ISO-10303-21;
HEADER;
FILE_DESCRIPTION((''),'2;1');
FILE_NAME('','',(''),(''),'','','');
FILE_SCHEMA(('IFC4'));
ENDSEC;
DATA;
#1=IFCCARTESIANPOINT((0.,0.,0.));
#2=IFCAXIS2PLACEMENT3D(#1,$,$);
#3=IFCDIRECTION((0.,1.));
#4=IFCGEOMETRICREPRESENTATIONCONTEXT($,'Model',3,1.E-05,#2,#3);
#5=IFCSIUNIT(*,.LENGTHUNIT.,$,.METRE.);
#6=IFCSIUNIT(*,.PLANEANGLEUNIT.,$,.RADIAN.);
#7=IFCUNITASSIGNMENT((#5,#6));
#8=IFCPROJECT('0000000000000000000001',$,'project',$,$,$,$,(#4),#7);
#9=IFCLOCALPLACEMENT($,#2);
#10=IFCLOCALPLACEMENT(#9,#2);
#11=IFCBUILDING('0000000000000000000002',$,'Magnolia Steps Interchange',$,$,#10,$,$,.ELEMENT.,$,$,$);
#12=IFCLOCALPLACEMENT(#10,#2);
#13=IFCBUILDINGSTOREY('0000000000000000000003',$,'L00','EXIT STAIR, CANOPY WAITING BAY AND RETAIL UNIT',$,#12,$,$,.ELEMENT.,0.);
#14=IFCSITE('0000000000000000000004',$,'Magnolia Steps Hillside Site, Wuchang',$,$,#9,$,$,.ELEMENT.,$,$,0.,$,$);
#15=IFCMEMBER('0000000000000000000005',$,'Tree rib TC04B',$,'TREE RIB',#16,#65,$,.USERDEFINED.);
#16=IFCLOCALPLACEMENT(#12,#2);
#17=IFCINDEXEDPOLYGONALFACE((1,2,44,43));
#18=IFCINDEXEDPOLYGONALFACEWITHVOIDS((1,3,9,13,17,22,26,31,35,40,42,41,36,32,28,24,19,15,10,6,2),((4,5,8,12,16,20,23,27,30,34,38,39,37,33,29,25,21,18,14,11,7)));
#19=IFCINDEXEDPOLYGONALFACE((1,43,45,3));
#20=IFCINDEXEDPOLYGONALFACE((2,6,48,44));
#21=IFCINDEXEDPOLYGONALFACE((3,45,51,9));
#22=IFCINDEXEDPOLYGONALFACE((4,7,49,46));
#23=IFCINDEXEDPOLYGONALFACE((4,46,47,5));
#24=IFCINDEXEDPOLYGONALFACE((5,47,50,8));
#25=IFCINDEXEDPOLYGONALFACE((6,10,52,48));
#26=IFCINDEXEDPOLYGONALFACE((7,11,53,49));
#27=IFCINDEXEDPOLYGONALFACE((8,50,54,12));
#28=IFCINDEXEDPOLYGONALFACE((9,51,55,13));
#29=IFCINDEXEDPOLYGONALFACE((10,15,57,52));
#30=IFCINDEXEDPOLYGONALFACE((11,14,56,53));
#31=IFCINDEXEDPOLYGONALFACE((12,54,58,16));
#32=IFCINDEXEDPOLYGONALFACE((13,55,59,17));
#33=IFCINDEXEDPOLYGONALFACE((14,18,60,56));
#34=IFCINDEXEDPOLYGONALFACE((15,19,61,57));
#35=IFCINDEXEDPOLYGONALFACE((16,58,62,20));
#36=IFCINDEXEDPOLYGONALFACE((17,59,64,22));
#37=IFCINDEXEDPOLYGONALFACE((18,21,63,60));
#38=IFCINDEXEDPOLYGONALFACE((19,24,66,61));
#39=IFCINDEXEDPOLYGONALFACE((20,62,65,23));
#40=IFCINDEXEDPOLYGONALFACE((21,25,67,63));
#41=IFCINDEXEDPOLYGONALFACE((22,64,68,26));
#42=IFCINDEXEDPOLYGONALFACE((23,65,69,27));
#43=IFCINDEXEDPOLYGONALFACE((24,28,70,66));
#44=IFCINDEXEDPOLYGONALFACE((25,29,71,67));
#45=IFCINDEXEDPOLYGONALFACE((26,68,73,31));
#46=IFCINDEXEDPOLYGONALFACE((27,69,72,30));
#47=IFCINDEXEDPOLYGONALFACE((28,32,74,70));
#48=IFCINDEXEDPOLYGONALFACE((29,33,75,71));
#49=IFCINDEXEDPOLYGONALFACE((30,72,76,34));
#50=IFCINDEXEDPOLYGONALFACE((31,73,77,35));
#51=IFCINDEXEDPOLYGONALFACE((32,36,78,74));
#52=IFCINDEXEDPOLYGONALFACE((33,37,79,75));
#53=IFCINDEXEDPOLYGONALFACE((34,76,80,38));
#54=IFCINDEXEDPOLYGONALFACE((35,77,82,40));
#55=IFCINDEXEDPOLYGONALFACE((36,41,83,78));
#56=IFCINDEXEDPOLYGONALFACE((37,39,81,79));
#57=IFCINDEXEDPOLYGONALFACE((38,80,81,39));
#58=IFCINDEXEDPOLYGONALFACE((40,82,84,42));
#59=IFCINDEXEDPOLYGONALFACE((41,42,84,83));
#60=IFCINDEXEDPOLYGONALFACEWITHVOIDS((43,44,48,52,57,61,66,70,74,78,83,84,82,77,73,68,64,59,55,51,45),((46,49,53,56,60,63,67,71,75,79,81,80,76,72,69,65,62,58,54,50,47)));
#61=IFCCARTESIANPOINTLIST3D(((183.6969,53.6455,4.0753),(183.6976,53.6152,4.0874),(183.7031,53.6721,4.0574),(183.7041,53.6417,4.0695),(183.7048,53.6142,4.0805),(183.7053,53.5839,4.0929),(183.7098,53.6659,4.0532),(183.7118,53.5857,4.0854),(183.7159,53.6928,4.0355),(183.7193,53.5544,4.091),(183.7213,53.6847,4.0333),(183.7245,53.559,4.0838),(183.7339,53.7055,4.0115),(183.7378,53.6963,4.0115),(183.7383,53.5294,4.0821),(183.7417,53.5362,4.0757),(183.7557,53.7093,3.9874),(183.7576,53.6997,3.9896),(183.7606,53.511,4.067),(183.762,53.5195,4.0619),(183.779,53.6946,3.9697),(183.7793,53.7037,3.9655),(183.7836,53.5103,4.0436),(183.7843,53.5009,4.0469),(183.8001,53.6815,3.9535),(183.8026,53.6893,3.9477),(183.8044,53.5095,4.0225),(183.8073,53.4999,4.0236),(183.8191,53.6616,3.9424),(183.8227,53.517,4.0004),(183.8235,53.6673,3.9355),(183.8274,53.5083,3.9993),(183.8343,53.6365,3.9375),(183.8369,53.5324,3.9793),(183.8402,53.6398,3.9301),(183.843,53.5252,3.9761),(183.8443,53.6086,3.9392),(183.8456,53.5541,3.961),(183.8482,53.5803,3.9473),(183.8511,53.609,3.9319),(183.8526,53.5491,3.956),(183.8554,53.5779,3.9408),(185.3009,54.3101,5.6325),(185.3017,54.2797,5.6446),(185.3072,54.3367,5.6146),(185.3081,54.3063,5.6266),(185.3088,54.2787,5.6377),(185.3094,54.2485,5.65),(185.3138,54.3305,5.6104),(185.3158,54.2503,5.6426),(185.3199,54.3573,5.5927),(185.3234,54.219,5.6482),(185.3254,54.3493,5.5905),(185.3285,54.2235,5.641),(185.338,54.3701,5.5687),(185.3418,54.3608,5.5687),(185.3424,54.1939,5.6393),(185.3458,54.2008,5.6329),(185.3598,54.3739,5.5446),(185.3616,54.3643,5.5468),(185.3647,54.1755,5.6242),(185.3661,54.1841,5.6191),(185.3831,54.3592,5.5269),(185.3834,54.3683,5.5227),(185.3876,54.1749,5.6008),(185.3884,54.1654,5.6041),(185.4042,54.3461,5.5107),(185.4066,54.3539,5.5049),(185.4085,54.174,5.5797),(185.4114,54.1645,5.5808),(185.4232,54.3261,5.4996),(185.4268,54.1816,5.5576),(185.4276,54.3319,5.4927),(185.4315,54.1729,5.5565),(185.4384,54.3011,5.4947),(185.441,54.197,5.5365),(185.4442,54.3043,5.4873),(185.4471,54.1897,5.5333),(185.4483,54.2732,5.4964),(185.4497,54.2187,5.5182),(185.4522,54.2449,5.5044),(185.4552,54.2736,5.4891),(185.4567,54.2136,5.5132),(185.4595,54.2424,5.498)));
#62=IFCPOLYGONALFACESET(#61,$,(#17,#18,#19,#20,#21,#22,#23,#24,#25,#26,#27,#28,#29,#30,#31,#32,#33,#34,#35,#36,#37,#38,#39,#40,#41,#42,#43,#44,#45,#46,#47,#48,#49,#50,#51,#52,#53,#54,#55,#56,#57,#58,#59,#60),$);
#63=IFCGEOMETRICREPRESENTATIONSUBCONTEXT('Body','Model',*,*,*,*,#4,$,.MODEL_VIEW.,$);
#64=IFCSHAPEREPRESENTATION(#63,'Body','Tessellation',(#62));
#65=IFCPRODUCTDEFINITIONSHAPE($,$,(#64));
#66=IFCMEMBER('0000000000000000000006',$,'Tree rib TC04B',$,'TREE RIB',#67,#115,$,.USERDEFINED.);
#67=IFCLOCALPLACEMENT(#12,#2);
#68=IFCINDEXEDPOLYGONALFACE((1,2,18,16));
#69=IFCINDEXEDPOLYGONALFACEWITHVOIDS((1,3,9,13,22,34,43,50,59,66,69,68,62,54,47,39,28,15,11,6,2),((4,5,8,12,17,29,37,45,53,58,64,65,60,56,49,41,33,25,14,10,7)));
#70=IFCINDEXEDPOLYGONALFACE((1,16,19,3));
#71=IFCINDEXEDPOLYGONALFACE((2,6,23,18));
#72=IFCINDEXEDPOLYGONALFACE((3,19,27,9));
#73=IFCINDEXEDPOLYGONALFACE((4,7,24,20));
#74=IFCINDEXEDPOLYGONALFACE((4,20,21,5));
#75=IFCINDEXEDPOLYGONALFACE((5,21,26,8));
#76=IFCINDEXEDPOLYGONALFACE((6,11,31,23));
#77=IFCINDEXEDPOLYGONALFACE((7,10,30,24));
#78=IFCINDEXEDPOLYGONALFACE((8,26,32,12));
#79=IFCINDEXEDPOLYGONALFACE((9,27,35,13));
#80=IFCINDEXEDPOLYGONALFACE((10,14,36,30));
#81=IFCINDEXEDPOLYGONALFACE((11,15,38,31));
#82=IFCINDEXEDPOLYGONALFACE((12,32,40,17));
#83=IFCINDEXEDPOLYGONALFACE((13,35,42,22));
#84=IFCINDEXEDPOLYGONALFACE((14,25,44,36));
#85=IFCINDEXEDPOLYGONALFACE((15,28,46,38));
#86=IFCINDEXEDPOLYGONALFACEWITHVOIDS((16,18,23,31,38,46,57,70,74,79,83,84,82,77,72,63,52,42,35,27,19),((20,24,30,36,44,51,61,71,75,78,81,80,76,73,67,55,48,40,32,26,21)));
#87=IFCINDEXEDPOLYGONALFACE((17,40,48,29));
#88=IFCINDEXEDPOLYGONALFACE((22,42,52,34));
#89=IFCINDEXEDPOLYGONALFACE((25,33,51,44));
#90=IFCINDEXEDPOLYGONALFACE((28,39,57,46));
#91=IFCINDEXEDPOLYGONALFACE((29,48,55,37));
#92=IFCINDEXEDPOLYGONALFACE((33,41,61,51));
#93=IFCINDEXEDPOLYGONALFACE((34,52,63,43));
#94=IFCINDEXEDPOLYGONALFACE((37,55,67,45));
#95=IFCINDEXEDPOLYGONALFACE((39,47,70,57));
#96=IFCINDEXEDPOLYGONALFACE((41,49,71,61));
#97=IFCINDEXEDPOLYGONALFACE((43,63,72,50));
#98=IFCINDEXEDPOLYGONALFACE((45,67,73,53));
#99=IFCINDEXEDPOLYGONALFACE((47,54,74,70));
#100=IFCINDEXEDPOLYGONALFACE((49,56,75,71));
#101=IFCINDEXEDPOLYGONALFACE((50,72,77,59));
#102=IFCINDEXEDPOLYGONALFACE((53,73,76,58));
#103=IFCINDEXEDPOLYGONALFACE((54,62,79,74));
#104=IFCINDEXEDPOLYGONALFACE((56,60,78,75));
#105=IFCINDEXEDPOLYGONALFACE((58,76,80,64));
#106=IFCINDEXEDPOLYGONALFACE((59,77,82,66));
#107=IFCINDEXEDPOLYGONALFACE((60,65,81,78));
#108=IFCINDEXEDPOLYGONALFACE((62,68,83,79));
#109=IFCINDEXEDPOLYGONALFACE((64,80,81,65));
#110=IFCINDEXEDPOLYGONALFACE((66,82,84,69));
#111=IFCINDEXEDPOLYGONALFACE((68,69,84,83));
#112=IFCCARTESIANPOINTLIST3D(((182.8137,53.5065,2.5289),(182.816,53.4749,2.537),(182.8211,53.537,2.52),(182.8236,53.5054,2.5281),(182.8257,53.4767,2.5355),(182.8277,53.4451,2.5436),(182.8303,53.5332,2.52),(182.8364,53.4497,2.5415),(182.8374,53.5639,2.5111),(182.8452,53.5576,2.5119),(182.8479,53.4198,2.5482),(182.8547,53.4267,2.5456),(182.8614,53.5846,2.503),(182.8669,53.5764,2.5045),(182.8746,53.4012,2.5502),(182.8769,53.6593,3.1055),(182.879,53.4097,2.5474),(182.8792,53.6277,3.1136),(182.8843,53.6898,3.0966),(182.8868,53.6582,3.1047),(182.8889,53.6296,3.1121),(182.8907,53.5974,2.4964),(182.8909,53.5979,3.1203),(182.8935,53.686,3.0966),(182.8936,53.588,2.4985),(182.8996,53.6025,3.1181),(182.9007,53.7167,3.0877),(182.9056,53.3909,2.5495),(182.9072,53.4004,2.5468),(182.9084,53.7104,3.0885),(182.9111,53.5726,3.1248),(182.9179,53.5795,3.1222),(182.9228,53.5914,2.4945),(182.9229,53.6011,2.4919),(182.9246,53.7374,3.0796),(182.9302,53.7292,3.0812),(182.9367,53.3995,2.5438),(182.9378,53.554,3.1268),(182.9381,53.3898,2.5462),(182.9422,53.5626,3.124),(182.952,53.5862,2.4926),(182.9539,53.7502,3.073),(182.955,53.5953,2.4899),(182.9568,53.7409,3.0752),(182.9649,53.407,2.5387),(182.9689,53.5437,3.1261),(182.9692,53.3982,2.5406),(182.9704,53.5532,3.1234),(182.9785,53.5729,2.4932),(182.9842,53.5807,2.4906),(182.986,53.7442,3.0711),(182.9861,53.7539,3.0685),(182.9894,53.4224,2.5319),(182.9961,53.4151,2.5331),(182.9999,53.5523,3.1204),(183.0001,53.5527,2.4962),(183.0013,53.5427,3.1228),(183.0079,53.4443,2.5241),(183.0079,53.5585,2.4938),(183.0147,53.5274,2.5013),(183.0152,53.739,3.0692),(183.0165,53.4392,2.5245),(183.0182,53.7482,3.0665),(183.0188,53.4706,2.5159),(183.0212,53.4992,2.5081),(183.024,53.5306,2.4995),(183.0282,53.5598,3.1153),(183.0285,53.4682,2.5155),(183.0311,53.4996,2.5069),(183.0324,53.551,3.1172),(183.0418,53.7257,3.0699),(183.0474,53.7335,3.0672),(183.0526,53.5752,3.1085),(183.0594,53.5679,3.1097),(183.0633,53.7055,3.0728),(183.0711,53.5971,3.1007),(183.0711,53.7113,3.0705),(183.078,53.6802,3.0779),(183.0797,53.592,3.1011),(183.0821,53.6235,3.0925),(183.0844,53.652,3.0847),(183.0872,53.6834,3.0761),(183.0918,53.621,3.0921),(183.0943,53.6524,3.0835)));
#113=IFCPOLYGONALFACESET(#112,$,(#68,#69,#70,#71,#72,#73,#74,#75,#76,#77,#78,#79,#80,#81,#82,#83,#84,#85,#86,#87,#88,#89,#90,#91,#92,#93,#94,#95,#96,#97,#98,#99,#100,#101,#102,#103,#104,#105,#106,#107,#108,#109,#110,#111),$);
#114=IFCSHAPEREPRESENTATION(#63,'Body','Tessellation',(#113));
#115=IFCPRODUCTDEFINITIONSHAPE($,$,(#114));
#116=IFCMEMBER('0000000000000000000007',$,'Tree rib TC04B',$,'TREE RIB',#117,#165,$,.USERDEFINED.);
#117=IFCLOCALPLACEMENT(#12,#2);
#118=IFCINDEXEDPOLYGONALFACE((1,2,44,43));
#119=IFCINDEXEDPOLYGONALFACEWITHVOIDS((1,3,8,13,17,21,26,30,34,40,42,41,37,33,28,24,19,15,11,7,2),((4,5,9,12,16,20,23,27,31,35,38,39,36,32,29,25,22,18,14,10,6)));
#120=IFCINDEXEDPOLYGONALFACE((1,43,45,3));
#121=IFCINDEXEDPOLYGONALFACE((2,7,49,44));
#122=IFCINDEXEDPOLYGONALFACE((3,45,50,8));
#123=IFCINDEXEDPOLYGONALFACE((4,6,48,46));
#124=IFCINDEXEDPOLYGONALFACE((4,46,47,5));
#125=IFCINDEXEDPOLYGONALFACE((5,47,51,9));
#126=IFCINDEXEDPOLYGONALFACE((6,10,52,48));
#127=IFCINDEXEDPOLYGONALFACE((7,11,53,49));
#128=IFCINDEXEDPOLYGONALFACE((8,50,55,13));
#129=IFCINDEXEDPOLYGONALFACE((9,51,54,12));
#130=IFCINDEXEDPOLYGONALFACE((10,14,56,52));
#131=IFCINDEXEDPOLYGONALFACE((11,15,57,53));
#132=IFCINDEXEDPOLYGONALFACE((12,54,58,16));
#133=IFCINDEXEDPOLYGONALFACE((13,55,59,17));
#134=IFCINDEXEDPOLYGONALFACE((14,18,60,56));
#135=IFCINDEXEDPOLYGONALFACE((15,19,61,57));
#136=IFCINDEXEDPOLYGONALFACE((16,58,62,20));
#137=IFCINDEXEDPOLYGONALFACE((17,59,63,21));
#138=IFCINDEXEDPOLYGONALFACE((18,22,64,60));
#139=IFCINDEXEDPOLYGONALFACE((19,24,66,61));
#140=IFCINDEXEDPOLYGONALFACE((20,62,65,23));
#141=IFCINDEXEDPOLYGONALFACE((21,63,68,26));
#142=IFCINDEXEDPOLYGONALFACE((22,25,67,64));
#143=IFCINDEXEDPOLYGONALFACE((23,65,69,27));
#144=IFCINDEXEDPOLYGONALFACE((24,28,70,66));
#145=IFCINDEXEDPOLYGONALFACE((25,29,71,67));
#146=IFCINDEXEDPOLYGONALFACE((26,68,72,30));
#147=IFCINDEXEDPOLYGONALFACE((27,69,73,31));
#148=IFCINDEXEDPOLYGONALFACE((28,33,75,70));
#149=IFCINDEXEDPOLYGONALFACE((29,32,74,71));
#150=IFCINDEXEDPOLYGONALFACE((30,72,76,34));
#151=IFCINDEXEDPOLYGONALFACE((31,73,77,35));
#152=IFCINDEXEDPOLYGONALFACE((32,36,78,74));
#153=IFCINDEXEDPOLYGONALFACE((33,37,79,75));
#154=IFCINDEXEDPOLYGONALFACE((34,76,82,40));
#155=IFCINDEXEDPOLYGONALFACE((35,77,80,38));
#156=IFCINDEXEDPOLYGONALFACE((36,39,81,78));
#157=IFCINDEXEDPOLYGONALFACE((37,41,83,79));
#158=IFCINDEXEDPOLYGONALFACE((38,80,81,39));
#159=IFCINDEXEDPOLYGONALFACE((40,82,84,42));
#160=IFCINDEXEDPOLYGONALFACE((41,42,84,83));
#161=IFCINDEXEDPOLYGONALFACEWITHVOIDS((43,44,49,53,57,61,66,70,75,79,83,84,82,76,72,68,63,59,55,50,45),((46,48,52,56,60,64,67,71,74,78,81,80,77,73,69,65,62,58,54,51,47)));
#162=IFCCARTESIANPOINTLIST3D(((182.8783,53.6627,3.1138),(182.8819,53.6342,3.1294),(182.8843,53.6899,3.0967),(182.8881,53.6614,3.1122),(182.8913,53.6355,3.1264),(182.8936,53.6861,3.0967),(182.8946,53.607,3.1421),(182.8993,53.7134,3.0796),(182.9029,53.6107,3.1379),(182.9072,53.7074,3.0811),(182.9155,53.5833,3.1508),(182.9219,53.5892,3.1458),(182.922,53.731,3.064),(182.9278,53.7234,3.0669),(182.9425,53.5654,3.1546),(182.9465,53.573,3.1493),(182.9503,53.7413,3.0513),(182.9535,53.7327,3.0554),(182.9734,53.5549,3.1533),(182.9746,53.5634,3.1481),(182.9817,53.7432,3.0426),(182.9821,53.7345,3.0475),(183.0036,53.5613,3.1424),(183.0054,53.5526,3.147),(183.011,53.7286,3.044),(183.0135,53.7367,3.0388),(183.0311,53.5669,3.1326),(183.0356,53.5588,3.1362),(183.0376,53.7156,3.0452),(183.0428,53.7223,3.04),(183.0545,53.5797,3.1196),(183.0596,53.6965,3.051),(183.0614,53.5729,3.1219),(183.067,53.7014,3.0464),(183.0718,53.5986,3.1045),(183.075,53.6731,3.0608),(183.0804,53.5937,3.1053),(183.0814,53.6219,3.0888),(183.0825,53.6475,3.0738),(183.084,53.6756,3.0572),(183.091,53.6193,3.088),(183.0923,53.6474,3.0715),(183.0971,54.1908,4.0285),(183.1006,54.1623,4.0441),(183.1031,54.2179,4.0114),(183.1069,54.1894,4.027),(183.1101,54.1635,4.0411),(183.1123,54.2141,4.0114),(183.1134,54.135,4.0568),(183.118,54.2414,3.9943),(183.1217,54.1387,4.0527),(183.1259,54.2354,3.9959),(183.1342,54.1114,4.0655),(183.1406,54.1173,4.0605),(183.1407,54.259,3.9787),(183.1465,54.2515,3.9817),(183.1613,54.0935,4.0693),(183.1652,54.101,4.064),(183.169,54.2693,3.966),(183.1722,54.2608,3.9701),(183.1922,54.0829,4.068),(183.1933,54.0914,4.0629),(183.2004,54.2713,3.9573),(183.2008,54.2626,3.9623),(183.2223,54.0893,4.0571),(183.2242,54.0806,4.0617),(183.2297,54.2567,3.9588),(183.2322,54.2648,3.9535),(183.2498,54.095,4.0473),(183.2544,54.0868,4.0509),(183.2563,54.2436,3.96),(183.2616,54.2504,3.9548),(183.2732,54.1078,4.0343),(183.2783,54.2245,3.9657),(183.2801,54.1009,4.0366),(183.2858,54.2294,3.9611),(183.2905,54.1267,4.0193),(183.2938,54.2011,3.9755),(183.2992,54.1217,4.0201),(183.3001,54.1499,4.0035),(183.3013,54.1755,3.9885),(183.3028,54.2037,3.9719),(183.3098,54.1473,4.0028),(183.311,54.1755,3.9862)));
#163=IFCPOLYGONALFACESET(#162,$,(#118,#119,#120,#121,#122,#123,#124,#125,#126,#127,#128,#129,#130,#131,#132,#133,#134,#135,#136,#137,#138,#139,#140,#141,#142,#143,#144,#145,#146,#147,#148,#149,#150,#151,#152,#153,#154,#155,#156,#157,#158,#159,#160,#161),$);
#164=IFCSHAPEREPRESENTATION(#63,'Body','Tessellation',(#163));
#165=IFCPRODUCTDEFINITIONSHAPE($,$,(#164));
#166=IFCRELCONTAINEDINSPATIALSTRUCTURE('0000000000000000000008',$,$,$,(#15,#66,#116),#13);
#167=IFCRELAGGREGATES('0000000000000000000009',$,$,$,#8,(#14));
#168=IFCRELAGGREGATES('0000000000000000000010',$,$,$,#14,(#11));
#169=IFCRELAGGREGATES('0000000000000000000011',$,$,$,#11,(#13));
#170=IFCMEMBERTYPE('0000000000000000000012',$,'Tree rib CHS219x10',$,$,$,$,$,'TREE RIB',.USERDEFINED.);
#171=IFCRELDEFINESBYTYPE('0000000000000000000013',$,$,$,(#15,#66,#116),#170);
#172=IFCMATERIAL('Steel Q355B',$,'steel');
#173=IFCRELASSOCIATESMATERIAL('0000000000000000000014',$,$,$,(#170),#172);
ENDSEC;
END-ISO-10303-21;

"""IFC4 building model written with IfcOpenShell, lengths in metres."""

from ifc_helpers import new_model, si_unit, direction, frame, origin, origin_2d, place, context, subcontext, project, spatial, hollow_circle, extrude, material, material_profile, profile_set, type_object, element, save


model = new_model("IFC4")

# Units and contexts
model_context = context("Model", 3, precision=1e-05, world=origin(), true_north=direction((0.0, 1.0)))
body_context = subcontext(model_context, "Body", "Model", "MODEL_VIEW")
ifc_project = project(units=[si_unit("LENGTHUNIT", "METRE"), si_unit("PLANEANGLEUNIT", "RADIAN")], contexts=[model_context])

# Site, building, storey
site_placement = place(None, origin())
site = spatial("IfcSite", under=ifc_project, at=site_placement, Name="Magnolia Steps Hillside Site, Wuchang", CompositionType="ELEMENT", RefElevation=0.0)
building_placement = place(site_placement, origin())
building = spatial("IfcBuilding", under=site, at=building_placement, Name="Magnolia Steps Interchange", CompositionType="ELEMENT")
storey_placement = place(building_placement, origin())
storey = spatial("IfcBuildingStorey", under=building, at=storey_placement, Name="L00", Description="EXIT STAIR, CANOPY WAITING BAY AND RETAIL UNIT", CompositionType="ELEMENT", Elevation=0.0)

# Members
ifc_material_1 = material(Name="Steel Q355B", Category="steel")
ifc_material_profile_1 = material_profile(ifc_material_1, hollow_circle(Radius=0.1096, WallThickness=0.01, at=origin_2d()), Name="CHS219x10")
ifc_profile_set_1 = profile_set([ifc_material_profile_1], Name="Steel Q355B")
member_type = type_object("IfcMemberType", Name="Tree rib CHS219x10", ElementType="TREE RIB", PredefinedType="USERDEFINED", material=ifc_profile_set_1)
member_1_placement = place(storey_placement, frame((183.7759, 53.6042, 4.0115), z_axis=(0.687767, 0.284947, 0.667668), x_axis=(-0.382757, 0.923849, 0.0)))
element("IfcMember", 1, at=member_1_placement, inside=storey, type_object=member_type, Name="Tree rib TC04B", ObjectType="TREE RIB", PredefinedType="USERDEFINED", context=body_context, shape_type="SweptSolid", body=[
    extrude(hollow_circle(Radius=0.1096, WallThickness=0.01, at=origin_2d()), origin(), (0.0, 0.0, 1.0), 2.3323),
])
member_2_placement = place(storey_placement, frame((182.9224, 53.4951, 2.52), z_axis=(0.105403, 0.254758, 0.961243), x_axis=(-0.924035, 0.382308, 0.0)))
element("IfcMember", 2, at=member_2_placement, inside=storey, type_object=member_type, Name="Tree rib TC04B", ObjectType="TREE RIB", PredefinedType="USERDEFINED", context=body_context, shape_type="SweptSolid", body=[
    extrude(hollow_circle(Radius=0.1096, WallThickness=0.01, at=origin_2d()), origin(), (0.0, 0.0, 1.0), 0.5999),
])
member_3_placement = place(storey_placement, frame((182.9856, 53.6479, 3.0967), z_axis=(0.202793, 0.489555, 0.848063), x_axis=(-0.923871, 0.382704, 0.0)))
element("IfcMember", 3, at=member_3_placement, inside=storey, type_object=member_type, Name="Tree rib TC04B", ObjectType="TREE RIB", PredefinedType="USERDEFINED", context=body_context, shape_type="SweptSolid", body=[
    extrude(hollow_circle(Radius=0.1096, WallThickness=0.01, at=origin_2d()), origin(), (0.0, 0.0, 1.0), 1.0786),
])

save(model, "model.ifc")
